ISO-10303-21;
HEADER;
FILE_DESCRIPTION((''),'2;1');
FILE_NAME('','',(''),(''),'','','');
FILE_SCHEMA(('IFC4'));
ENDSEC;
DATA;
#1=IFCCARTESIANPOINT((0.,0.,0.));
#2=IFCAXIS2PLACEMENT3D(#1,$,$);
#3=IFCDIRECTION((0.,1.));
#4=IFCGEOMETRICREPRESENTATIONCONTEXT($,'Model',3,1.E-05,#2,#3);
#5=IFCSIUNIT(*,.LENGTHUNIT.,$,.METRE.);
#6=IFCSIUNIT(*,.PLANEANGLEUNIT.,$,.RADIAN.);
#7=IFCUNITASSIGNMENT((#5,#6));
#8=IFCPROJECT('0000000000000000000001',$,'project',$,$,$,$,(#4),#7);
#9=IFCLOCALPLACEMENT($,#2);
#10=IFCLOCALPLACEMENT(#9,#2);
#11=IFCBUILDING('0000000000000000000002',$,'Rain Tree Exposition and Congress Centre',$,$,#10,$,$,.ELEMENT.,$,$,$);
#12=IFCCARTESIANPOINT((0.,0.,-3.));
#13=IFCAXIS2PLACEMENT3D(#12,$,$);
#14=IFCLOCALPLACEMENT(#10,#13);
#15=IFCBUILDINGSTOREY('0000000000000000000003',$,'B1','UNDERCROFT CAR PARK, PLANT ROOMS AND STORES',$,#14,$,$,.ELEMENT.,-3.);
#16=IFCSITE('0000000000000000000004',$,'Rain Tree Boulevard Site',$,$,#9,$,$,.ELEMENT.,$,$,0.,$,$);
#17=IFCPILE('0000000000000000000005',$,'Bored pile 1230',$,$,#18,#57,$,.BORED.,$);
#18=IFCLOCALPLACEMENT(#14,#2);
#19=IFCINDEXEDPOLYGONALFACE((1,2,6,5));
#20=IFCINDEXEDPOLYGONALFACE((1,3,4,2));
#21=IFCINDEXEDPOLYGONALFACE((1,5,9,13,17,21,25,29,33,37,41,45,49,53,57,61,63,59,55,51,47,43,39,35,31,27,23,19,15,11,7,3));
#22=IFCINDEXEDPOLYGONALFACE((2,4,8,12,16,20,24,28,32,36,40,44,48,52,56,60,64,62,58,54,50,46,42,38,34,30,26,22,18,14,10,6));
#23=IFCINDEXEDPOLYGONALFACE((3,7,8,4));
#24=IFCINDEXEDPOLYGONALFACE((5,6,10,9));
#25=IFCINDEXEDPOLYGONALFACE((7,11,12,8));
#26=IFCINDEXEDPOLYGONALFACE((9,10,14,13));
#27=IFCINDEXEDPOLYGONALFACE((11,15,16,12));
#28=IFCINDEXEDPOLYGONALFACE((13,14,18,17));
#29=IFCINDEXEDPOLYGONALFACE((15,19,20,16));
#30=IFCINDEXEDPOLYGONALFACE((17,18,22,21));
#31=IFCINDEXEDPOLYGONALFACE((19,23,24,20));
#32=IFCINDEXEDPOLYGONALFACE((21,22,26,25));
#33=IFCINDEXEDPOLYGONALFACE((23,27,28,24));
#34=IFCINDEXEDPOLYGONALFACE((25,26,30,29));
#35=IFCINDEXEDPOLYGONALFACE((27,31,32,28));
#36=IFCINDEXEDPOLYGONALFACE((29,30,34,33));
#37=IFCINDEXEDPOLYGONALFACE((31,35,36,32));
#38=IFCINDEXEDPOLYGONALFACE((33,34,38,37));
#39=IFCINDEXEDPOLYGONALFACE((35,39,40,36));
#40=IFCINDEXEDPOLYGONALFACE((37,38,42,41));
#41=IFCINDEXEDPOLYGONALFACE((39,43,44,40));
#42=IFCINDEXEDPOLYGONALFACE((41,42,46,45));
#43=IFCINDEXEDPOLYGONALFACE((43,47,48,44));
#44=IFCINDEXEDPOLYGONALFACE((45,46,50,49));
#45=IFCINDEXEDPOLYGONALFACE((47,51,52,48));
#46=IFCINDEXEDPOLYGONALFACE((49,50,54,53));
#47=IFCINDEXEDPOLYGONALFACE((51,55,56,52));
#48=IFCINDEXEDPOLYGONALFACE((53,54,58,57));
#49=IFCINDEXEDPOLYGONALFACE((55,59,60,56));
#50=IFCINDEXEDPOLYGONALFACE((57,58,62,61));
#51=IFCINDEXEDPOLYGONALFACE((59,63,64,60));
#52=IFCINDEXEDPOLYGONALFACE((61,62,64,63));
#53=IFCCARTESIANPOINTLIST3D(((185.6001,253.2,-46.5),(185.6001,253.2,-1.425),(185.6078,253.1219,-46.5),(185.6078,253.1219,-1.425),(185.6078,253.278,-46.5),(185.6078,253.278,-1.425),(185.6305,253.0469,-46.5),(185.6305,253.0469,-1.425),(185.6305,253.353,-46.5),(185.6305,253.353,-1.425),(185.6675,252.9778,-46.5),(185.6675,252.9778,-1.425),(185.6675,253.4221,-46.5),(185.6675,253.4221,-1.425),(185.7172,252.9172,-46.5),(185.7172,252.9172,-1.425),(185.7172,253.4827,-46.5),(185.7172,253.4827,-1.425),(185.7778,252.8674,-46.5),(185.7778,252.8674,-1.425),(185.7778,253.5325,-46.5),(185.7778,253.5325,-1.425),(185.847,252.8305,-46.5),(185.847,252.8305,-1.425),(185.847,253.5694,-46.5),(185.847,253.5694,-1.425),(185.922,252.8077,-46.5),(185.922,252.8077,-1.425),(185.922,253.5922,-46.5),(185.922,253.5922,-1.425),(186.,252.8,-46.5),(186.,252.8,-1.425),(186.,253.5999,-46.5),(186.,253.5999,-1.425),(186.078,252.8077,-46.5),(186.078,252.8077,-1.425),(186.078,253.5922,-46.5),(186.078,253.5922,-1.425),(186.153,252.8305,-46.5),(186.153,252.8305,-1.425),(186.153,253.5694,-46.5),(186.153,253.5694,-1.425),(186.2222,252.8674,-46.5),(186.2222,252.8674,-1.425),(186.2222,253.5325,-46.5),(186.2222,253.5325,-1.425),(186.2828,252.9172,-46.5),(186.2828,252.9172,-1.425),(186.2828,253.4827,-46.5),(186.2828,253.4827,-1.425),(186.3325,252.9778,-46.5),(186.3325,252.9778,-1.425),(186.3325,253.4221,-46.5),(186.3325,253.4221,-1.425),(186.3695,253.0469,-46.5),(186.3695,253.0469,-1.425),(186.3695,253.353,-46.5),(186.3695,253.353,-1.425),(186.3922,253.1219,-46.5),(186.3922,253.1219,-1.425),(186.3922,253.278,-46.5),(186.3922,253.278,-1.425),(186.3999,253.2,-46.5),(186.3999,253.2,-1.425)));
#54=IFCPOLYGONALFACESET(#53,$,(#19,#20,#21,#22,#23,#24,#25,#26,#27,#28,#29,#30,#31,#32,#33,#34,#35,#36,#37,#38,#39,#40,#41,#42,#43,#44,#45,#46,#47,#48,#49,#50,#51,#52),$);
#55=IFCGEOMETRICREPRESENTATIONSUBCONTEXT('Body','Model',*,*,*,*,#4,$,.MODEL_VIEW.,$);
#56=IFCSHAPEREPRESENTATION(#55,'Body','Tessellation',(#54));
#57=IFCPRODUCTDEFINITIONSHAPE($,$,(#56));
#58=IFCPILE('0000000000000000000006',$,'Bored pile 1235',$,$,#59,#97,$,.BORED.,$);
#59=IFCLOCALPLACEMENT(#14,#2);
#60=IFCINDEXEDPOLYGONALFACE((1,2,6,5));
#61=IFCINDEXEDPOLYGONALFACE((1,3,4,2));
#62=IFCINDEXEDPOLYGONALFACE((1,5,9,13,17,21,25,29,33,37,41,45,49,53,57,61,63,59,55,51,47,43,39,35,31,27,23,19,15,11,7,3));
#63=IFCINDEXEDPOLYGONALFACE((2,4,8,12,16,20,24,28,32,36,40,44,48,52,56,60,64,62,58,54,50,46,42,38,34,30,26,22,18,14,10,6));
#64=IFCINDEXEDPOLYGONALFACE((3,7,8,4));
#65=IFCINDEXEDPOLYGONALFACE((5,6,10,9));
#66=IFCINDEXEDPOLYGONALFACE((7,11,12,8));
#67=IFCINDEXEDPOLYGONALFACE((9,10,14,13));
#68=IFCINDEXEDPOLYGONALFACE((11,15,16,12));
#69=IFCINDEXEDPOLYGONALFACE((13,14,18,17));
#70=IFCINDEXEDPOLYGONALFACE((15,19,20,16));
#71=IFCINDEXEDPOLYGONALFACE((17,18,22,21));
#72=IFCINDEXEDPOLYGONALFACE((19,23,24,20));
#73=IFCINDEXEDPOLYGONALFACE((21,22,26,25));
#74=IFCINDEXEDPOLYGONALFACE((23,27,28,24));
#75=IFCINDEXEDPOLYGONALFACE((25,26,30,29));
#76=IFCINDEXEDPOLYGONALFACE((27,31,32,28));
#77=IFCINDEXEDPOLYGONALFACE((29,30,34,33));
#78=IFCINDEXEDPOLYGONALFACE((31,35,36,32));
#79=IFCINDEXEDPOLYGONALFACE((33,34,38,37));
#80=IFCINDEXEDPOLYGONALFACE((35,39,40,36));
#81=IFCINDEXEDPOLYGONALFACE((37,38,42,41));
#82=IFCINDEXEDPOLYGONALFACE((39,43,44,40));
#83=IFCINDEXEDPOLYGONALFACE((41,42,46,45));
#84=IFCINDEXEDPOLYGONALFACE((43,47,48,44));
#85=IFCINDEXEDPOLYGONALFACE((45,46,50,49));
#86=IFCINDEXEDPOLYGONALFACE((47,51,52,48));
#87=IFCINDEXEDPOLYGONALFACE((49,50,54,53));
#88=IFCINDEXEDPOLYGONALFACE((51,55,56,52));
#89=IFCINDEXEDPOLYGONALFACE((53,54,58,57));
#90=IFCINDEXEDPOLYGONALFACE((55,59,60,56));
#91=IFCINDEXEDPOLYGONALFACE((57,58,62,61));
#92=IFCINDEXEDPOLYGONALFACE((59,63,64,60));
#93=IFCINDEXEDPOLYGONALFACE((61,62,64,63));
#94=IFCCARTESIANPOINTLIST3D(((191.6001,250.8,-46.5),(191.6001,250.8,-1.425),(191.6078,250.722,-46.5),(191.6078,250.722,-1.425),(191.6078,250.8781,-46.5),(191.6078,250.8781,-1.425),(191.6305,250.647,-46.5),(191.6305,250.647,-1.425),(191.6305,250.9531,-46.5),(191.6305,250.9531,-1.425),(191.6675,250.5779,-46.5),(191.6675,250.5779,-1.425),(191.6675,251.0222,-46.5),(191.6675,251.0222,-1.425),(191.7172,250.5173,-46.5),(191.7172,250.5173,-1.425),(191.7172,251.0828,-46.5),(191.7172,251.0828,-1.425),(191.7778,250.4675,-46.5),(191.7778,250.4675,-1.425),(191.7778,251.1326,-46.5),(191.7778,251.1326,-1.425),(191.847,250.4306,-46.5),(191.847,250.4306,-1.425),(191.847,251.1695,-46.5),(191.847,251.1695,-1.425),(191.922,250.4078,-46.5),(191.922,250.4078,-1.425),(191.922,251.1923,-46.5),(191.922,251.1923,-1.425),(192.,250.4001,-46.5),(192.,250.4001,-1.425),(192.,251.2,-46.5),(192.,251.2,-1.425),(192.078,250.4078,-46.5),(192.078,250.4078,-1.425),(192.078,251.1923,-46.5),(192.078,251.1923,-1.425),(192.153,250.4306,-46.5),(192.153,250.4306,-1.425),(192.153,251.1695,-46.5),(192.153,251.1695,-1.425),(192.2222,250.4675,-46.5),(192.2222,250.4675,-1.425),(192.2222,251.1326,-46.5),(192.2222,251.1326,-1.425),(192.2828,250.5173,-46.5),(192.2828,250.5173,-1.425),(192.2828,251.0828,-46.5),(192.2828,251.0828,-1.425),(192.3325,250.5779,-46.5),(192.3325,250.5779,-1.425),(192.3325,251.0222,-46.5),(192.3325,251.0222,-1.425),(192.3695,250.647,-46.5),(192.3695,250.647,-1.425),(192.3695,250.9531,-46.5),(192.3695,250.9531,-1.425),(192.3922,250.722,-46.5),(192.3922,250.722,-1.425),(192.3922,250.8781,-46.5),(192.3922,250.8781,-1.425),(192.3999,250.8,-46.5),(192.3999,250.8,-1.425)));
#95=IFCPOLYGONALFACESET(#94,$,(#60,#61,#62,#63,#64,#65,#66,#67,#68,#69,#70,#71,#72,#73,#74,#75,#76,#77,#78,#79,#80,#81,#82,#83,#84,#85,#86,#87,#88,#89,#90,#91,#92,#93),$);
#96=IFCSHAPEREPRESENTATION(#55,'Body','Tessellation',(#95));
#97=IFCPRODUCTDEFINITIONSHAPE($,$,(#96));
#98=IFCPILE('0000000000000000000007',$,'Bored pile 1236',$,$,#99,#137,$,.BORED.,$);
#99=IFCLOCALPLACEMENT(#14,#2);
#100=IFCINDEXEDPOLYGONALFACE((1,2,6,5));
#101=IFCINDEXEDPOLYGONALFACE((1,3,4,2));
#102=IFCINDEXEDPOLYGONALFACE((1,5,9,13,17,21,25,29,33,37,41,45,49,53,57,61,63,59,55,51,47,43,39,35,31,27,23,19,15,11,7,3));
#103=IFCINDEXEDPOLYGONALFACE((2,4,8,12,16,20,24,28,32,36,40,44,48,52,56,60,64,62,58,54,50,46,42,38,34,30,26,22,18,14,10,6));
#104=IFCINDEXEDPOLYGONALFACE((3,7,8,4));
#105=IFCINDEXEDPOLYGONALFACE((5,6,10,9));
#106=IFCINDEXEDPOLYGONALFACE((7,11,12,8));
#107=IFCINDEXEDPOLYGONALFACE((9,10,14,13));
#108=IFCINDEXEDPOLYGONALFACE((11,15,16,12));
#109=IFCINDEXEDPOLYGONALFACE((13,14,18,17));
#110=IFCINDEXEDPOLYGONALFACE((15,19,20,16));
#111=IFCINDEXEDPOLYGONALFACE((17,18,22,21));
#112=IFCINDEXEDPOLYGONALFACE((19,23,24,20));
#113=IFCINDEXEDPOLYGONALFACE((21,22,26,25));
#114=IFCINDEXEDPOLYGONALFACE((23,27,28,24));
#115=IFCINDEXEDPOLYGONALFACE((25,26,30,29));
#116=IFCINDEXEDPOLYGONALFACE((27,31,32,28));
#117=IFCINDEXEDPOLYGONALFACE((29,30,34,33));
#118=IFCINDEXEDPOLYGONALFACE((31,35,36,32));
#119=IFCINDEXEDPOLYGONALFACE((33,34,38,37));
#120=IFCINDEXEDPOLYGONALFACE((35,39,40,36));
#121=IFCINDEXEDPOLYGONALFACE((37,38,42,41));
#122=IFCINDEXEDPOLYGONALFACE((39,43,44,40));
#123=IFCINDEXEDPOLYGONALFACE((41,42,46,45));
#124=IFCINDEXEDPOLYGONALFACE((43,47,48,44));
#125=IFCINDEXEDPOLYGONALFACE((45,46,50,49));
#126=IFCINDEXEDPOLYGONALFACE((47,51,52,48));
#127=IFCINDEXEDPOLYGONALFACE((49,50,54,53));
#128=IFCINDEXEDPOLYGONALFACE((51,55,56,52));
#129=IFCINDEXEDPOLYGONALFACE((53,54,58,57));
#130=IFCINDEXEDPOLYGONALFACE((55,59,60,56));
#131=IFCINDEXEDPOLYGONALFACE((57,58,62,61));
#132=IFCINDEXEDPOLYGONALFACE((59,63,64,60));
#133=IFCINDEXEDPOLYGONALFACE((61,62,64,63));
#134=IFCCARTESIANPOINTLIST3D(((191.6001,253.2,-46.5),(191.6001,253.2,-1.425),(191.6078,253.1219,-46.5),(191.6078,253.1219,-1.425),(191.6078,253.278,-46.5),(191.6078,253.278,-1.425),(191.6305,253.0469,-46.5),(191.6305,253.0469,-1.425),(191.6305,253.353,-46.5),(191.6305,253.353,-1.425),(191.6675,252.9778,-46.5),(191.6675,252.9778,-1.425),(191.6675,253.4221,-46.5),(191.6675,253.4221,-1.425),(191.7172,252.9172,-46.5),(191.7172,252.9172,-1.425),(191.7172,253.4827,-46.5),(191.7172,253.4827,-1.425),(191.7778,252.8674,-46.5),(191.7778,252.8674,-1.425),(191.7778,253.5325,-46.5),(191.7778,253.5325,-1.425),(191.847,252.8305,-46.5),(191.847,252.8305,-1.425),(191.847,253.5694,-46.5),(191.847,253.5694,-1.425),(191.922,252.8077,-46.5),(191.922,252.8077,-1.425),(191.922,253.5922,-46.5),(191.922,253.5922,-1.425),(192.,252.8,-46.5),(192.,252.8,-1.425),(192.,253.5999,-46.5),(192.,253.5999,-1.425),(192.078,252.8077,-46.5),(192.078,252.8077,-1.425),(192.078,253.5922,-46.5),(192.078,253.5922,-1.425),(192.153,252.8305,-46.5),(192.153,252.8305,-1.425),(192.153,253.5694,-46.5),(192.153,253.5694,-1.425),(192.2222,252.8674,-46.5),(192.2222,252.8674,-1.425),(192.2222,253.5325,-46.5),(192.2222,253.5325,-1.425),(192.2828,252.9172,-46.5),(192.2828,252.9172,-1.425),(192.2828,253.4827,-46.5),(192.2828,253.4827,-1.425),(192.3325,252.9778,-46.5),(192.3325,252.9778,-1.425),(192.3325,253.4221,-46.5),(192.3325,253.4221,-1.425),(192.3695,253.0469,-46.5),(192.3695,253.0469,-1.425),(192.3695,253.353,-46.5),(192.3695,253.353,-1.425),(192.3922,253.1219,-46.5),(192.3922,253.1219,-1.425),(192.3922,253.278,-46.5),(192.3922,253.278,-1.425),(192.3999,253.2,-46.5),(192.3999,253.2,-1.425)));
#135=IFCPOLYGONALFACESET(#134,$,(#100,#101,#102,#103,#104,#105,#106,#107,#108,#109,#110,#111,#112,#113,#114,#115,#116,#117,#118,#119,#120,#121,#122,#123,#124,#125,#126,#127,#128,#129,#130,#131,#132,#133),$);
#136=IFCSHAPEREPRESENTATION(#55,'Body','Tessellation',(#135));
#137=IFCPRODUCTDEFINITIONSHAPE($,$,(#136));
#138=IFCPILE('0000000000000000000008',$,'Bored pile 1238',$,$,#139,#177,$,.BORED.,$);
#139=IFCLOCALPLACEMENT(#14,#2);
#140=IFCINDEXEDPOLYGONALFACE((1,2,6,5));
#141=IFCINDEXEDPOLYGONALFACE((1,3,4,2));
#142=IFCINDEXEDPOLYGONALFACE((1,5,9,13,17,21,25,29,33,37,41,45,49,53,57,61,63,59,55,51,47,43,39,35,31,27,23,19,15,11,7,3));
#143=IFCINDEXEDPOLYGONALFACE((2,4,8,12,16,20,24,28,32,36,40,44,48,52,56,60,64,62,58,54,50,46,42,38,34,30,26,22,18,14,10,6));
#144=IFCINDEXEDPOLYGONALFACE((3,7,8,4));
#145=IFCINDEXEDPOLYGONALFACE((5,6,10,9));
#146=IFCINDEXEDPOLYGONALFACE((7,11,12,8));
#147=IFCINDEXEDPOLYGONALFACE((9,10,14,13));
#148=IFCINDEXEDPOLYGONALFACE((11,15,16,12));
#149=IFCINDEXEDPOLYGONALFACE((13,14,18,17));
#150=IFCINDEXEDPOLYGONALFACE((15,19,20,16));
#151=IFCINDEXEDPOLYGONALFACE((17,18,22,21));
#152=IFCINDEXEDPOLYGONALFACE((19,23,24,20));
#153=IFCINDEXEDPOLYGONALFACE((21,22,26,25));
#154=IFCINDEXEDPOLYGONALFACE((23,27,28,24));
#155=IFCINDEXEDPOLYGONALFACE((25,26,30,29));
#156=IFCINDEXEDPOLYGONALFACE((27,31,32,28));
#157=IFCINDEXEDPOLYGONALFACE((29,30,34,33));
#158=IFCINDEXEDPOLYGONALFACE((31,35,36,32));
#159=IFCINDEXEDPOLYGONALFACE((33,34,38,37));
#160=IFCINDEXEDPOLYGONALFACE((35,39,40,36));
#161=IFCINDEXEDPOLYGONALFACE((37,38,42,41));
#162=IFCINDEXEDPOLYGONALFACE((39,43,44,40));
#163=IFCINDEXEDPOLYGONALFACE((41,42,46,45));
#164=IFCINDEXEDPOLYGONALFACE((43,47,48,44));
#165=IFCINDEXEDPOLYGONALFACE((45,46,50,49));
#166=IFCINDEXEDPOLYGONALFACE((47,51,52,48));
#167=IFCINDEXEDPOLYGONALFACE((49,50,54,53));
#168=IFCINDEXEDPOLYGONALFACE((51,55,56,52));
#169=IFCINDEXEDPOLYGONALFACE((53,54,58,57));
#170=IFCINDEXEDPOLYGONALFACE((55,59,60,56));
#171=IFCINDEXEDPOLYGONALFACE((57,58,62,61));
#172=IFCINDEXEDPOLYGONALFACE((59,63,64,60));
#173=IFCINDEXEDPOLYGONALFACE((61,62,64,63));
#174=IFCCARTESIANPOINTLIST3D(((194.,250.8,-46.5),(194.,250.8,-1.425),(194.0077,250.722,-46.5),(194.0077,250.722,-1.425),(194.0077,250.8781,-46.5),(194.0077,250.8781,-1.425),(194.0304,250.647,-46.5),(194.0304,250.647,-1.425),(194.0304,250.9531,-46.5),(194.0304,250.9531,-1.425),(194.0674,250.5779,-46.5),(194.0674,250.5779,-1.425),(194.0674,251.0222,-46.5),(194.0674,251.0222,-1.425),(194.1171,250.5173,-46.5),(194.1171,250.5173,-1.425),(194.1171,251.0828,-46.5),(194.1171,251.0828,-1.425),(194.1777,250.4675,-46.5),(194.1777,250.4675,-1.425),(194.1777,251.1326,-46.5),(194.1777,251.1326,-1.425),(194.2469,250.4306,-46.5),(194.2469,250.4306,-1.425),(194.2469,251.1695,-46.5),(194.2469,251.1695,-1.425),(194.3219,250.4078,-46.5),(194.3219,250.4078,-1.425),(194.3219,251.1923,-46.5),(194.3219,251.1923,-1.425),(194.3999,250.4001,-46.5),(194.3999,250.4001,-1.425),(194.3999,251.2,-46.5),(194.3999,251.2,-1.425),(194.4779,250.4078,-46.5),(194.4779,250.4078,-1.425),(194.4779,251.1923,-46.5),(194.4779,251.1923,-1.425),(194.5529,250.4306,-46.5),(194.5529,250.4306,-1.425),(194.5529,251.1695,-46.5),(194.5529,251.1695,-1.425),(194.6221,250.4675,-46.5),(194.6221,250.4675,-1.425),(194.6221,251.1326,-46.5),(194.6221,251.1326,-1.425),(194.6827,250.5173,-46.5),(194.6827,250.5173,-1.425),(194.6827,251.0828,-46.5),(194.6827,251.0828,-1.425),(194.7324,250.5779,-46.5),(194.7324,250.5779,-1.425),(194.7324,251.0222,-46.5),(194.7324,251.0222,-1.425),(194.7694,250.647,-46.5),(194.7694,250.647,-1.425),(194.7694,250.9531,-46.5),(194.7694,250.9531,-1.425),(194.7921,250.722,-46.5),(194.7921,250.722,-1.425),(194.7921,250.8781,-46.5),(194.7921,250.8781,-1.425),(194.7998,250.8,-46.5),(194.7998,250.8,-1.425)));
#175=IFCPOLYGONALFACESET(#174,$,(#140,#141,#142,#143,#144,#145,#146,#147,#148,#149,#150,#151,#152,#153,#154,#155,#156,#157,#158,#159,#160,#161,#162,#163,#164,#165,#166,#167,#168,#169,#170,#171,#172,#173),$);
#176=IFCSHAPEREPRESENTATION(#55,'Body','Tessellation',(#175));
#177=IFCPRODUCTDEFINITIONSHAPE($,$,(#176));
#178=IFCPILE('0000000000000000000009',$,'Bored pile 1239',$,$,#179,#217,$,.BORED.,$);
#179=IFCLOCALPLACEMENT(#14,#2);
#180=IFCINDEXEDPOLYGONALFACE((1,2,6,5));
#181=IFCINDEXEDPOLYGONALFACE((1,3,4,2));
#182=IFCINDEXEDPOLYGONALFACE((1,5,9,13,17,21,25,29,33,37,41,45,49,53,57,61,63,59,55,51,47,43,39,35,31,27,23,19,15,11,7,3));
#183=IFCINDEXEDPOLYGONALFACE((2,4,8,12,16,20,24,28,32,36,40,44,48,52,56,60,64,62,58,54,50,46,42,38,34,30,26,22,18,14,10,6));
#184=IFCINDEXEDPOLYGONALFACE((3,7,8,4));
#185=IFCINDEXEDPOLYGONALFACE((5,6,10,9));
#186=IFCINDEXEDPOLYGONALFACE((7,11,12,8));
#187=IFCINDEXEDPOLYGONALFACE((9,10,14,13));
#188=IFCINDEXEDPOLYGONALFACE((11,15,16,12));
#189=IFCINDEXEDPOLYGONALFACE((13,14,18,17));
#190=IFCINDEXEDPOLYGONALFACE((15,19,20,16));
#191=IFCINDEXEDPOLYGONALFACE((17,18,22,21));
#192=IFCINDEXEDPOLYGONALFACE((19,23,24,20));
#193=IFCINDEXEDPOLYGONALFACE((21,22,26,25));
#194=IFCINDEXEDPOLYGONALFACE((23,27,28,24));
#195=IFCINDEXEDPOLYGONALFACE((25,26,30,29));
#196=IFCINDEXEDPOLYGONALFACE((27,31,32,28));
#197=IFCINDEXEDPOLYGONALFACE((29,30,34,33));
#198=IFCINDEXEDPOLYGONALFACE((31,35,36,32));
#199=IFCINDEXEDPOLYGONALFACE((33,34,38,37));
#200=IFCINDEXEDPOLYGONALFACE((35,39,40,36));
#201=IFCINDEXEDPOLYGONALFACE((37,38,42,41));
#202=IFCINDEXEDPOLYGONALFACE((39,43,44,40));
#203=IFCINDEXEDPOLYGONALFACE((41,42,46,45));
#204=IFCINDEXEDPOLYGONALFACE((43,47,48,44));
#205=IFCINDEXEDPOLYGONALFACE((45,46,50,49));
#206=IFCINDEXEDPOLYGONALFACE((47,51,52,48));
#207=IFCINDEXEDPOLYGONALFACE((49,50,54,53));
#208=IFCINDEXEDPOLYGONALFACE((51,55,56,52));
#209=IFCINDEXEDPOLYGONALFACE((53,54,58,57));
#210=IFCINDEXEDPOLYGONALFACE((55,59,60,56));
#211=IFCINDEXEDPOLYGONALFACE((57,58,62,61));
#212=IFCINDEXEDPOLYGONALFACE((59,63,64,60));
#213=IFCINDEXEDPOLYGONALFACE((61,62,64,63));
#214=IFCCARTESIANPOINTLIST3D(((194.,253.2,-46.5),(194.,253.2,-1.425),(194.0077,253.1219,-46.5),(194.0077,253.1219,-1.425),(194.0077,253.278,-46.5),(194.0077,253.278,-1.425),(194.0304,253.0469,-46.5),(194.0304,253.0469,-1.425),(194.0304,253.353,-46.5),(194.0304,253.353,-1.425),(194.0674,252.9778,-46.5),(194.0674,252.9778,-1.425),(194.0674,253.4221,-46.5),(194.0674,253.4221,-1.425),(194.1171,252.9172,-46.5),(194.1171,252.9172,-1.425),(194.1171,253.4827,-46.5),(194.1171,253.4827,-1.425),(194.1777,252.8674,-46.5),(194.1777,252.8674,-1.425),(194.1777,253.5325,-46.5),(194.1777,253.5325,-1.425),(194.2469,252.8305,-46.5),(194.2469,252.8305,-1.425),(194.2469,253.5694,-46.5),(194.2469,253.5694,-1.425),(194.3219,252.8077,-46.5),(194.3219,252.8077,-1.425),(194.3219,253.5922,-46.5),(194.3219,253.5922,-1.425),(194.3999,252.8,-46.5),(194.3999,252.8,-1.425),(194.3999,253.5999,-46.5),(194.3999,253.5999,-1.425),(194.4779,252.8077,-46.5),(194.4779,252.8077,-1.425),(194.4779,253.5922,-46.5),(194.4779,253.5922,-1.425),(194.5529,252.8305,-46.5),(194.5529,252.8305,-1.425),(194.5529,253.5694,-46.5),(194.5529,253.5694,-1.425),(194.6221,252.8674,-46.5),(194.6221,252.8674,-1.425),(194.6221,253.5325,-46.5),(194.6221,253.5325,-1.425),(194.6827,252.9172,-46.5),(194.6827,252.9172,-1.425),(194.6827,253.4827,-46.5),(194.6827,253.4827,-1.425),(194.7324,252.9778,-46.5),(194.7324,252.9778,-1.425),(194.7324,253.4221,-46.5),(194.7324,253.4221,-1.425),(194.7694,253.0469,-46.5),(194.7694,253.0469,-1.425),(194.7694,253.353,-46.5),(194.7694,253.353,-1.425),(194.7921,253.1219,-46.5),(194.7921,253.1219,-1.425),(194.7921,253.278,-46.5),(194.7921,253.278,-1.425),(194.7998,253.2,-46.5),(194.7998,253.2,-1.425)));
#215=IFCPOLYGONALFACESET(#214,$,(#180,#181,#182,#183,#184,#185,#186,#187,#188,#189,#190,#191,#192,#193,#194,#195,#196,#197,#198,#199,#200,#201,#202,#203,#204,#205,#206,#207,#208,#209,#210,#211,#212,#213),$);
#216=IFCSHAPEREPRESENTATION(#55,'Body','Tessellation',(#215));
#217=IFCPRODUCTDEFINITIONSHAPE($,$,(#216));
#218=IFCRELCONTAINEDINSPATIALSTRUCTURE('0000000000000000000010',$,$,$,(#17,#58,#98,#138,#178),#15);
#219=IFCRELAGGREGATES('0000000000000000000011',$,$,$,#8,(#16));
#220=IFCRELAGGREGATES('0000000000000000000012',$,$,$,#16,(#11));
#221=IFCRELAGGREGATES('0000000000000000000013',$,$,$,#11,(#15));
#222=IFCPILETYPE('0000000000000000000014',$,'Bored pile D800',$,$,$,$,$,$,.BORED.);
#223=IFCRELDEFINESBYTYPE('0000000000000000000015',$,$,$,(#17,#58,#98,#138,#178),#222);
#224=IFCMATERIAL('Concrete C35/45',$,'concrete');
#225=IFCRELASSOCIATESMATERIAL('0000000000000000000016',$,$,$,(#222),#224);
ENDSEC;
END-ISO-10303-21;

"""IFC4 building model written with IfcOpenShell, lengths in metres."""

from ifc_helpers import new_model, si_unit, direction, frame, origin, origin_2d, place, context, subcontext, project, spatial, circle, extrude, material, material_profile, profile_set, type_object, element, save


model = new_model("IFC4")

# Units and contexts
model_context = context("Model", 3, precision=1e-05, world=origin(), true_north=direction((0.0, 1.0)))
body_context = subcontext(model_context, "Body", "Model", "MODEL_VIEW")
ifc_project = project(units=[si_unit("LENGTHUNIT", "METRE"), si_unit("PLANEANGLEUNIT", "RADIAN")], contexts=[model_context])

# Site, building, storey
site_placement = place(None, origin())
site = spatial("IfcSite", under=ifc_project, at=site_placement, Name="Rain Tree Boulevard Site", CompositionType="ELEMENT", RefElevation=0.0)
building_placement = place(site_placement, origin())
building = spatial("IfcBuilding", under=site, at=building_placement, Name="Rain Tree Exposition and Congress Centre", CompositionType="ELEMENT")
storey_placement = place(building_placement, frame((0.0, 0.0, -3.0)))
storey = spatial("IfcBuildingStorey", under=building, at=storey_placement, Name="B1", Description="UNDERCROFT CAR PARK, PLANT ROOMS AND STORES", CompositionType="ELEMENT", Elevation=-3.0)

# Piles
ifc_material_1 = material(Name="Concrete C35/45", Category="concrete")
ifc_material_profile_1 = material_profile(ifc_material_1, circle(Radius=0.3999, at=origin_2d()), Name="D800")
ifc_profile_set_1 = profile_set([ifc_material_profile_1], Name="Concrete C35/45")
pile_type_1 = type_object("IfcPileType", Name="Bored pile D800", PredefinedType="BORED", material=ifc_profile_set_1)
for number, where, z_axis, x_axis, name in (
    (1, (186.0, 253.2, -1.425), (0.0, 0.0, -1.0), (1.0, 0.0, 0.0), "Bored pile 1230"),
    (2, (192.0, 250.8, -1.425), (0.0, 0.0, -1.0), (1.0, 0.0, 0.0), "Bored pile 1235"),
    (3, (192.0, 253.2, -1.425), (0.0, 0.0, -1.0), (1.0, 0.0, 0.0), "Bored pile 1236"),
    (4, (194.3999, 250.8, -1.425), (0.0, 0.0, -1.0), (1.0, 0.0, 0.0), "Bored pile 1238"),
    (5, (194.3999, 253.2, -1.425), (0.0, 0.0, -1.0), (1.0, 0.0, 0.0), "Bored pile 1239"),
):
    element("IfcPile", number, at=place(storey_placement, frame(where, z_axis=z_axis, x_axis=x_axis)), inside=storey, type_object=pile_type_1, Name=name, PredefinedType="BORED", context=body_context, shape_type="SweptSolid", body=[
        extrude(circle(Radius=0.3999, at=origin_2d()), origin(), (0.0, 0.0, 1.0), 45.075),
    ])

save(model, "model.ifc")
